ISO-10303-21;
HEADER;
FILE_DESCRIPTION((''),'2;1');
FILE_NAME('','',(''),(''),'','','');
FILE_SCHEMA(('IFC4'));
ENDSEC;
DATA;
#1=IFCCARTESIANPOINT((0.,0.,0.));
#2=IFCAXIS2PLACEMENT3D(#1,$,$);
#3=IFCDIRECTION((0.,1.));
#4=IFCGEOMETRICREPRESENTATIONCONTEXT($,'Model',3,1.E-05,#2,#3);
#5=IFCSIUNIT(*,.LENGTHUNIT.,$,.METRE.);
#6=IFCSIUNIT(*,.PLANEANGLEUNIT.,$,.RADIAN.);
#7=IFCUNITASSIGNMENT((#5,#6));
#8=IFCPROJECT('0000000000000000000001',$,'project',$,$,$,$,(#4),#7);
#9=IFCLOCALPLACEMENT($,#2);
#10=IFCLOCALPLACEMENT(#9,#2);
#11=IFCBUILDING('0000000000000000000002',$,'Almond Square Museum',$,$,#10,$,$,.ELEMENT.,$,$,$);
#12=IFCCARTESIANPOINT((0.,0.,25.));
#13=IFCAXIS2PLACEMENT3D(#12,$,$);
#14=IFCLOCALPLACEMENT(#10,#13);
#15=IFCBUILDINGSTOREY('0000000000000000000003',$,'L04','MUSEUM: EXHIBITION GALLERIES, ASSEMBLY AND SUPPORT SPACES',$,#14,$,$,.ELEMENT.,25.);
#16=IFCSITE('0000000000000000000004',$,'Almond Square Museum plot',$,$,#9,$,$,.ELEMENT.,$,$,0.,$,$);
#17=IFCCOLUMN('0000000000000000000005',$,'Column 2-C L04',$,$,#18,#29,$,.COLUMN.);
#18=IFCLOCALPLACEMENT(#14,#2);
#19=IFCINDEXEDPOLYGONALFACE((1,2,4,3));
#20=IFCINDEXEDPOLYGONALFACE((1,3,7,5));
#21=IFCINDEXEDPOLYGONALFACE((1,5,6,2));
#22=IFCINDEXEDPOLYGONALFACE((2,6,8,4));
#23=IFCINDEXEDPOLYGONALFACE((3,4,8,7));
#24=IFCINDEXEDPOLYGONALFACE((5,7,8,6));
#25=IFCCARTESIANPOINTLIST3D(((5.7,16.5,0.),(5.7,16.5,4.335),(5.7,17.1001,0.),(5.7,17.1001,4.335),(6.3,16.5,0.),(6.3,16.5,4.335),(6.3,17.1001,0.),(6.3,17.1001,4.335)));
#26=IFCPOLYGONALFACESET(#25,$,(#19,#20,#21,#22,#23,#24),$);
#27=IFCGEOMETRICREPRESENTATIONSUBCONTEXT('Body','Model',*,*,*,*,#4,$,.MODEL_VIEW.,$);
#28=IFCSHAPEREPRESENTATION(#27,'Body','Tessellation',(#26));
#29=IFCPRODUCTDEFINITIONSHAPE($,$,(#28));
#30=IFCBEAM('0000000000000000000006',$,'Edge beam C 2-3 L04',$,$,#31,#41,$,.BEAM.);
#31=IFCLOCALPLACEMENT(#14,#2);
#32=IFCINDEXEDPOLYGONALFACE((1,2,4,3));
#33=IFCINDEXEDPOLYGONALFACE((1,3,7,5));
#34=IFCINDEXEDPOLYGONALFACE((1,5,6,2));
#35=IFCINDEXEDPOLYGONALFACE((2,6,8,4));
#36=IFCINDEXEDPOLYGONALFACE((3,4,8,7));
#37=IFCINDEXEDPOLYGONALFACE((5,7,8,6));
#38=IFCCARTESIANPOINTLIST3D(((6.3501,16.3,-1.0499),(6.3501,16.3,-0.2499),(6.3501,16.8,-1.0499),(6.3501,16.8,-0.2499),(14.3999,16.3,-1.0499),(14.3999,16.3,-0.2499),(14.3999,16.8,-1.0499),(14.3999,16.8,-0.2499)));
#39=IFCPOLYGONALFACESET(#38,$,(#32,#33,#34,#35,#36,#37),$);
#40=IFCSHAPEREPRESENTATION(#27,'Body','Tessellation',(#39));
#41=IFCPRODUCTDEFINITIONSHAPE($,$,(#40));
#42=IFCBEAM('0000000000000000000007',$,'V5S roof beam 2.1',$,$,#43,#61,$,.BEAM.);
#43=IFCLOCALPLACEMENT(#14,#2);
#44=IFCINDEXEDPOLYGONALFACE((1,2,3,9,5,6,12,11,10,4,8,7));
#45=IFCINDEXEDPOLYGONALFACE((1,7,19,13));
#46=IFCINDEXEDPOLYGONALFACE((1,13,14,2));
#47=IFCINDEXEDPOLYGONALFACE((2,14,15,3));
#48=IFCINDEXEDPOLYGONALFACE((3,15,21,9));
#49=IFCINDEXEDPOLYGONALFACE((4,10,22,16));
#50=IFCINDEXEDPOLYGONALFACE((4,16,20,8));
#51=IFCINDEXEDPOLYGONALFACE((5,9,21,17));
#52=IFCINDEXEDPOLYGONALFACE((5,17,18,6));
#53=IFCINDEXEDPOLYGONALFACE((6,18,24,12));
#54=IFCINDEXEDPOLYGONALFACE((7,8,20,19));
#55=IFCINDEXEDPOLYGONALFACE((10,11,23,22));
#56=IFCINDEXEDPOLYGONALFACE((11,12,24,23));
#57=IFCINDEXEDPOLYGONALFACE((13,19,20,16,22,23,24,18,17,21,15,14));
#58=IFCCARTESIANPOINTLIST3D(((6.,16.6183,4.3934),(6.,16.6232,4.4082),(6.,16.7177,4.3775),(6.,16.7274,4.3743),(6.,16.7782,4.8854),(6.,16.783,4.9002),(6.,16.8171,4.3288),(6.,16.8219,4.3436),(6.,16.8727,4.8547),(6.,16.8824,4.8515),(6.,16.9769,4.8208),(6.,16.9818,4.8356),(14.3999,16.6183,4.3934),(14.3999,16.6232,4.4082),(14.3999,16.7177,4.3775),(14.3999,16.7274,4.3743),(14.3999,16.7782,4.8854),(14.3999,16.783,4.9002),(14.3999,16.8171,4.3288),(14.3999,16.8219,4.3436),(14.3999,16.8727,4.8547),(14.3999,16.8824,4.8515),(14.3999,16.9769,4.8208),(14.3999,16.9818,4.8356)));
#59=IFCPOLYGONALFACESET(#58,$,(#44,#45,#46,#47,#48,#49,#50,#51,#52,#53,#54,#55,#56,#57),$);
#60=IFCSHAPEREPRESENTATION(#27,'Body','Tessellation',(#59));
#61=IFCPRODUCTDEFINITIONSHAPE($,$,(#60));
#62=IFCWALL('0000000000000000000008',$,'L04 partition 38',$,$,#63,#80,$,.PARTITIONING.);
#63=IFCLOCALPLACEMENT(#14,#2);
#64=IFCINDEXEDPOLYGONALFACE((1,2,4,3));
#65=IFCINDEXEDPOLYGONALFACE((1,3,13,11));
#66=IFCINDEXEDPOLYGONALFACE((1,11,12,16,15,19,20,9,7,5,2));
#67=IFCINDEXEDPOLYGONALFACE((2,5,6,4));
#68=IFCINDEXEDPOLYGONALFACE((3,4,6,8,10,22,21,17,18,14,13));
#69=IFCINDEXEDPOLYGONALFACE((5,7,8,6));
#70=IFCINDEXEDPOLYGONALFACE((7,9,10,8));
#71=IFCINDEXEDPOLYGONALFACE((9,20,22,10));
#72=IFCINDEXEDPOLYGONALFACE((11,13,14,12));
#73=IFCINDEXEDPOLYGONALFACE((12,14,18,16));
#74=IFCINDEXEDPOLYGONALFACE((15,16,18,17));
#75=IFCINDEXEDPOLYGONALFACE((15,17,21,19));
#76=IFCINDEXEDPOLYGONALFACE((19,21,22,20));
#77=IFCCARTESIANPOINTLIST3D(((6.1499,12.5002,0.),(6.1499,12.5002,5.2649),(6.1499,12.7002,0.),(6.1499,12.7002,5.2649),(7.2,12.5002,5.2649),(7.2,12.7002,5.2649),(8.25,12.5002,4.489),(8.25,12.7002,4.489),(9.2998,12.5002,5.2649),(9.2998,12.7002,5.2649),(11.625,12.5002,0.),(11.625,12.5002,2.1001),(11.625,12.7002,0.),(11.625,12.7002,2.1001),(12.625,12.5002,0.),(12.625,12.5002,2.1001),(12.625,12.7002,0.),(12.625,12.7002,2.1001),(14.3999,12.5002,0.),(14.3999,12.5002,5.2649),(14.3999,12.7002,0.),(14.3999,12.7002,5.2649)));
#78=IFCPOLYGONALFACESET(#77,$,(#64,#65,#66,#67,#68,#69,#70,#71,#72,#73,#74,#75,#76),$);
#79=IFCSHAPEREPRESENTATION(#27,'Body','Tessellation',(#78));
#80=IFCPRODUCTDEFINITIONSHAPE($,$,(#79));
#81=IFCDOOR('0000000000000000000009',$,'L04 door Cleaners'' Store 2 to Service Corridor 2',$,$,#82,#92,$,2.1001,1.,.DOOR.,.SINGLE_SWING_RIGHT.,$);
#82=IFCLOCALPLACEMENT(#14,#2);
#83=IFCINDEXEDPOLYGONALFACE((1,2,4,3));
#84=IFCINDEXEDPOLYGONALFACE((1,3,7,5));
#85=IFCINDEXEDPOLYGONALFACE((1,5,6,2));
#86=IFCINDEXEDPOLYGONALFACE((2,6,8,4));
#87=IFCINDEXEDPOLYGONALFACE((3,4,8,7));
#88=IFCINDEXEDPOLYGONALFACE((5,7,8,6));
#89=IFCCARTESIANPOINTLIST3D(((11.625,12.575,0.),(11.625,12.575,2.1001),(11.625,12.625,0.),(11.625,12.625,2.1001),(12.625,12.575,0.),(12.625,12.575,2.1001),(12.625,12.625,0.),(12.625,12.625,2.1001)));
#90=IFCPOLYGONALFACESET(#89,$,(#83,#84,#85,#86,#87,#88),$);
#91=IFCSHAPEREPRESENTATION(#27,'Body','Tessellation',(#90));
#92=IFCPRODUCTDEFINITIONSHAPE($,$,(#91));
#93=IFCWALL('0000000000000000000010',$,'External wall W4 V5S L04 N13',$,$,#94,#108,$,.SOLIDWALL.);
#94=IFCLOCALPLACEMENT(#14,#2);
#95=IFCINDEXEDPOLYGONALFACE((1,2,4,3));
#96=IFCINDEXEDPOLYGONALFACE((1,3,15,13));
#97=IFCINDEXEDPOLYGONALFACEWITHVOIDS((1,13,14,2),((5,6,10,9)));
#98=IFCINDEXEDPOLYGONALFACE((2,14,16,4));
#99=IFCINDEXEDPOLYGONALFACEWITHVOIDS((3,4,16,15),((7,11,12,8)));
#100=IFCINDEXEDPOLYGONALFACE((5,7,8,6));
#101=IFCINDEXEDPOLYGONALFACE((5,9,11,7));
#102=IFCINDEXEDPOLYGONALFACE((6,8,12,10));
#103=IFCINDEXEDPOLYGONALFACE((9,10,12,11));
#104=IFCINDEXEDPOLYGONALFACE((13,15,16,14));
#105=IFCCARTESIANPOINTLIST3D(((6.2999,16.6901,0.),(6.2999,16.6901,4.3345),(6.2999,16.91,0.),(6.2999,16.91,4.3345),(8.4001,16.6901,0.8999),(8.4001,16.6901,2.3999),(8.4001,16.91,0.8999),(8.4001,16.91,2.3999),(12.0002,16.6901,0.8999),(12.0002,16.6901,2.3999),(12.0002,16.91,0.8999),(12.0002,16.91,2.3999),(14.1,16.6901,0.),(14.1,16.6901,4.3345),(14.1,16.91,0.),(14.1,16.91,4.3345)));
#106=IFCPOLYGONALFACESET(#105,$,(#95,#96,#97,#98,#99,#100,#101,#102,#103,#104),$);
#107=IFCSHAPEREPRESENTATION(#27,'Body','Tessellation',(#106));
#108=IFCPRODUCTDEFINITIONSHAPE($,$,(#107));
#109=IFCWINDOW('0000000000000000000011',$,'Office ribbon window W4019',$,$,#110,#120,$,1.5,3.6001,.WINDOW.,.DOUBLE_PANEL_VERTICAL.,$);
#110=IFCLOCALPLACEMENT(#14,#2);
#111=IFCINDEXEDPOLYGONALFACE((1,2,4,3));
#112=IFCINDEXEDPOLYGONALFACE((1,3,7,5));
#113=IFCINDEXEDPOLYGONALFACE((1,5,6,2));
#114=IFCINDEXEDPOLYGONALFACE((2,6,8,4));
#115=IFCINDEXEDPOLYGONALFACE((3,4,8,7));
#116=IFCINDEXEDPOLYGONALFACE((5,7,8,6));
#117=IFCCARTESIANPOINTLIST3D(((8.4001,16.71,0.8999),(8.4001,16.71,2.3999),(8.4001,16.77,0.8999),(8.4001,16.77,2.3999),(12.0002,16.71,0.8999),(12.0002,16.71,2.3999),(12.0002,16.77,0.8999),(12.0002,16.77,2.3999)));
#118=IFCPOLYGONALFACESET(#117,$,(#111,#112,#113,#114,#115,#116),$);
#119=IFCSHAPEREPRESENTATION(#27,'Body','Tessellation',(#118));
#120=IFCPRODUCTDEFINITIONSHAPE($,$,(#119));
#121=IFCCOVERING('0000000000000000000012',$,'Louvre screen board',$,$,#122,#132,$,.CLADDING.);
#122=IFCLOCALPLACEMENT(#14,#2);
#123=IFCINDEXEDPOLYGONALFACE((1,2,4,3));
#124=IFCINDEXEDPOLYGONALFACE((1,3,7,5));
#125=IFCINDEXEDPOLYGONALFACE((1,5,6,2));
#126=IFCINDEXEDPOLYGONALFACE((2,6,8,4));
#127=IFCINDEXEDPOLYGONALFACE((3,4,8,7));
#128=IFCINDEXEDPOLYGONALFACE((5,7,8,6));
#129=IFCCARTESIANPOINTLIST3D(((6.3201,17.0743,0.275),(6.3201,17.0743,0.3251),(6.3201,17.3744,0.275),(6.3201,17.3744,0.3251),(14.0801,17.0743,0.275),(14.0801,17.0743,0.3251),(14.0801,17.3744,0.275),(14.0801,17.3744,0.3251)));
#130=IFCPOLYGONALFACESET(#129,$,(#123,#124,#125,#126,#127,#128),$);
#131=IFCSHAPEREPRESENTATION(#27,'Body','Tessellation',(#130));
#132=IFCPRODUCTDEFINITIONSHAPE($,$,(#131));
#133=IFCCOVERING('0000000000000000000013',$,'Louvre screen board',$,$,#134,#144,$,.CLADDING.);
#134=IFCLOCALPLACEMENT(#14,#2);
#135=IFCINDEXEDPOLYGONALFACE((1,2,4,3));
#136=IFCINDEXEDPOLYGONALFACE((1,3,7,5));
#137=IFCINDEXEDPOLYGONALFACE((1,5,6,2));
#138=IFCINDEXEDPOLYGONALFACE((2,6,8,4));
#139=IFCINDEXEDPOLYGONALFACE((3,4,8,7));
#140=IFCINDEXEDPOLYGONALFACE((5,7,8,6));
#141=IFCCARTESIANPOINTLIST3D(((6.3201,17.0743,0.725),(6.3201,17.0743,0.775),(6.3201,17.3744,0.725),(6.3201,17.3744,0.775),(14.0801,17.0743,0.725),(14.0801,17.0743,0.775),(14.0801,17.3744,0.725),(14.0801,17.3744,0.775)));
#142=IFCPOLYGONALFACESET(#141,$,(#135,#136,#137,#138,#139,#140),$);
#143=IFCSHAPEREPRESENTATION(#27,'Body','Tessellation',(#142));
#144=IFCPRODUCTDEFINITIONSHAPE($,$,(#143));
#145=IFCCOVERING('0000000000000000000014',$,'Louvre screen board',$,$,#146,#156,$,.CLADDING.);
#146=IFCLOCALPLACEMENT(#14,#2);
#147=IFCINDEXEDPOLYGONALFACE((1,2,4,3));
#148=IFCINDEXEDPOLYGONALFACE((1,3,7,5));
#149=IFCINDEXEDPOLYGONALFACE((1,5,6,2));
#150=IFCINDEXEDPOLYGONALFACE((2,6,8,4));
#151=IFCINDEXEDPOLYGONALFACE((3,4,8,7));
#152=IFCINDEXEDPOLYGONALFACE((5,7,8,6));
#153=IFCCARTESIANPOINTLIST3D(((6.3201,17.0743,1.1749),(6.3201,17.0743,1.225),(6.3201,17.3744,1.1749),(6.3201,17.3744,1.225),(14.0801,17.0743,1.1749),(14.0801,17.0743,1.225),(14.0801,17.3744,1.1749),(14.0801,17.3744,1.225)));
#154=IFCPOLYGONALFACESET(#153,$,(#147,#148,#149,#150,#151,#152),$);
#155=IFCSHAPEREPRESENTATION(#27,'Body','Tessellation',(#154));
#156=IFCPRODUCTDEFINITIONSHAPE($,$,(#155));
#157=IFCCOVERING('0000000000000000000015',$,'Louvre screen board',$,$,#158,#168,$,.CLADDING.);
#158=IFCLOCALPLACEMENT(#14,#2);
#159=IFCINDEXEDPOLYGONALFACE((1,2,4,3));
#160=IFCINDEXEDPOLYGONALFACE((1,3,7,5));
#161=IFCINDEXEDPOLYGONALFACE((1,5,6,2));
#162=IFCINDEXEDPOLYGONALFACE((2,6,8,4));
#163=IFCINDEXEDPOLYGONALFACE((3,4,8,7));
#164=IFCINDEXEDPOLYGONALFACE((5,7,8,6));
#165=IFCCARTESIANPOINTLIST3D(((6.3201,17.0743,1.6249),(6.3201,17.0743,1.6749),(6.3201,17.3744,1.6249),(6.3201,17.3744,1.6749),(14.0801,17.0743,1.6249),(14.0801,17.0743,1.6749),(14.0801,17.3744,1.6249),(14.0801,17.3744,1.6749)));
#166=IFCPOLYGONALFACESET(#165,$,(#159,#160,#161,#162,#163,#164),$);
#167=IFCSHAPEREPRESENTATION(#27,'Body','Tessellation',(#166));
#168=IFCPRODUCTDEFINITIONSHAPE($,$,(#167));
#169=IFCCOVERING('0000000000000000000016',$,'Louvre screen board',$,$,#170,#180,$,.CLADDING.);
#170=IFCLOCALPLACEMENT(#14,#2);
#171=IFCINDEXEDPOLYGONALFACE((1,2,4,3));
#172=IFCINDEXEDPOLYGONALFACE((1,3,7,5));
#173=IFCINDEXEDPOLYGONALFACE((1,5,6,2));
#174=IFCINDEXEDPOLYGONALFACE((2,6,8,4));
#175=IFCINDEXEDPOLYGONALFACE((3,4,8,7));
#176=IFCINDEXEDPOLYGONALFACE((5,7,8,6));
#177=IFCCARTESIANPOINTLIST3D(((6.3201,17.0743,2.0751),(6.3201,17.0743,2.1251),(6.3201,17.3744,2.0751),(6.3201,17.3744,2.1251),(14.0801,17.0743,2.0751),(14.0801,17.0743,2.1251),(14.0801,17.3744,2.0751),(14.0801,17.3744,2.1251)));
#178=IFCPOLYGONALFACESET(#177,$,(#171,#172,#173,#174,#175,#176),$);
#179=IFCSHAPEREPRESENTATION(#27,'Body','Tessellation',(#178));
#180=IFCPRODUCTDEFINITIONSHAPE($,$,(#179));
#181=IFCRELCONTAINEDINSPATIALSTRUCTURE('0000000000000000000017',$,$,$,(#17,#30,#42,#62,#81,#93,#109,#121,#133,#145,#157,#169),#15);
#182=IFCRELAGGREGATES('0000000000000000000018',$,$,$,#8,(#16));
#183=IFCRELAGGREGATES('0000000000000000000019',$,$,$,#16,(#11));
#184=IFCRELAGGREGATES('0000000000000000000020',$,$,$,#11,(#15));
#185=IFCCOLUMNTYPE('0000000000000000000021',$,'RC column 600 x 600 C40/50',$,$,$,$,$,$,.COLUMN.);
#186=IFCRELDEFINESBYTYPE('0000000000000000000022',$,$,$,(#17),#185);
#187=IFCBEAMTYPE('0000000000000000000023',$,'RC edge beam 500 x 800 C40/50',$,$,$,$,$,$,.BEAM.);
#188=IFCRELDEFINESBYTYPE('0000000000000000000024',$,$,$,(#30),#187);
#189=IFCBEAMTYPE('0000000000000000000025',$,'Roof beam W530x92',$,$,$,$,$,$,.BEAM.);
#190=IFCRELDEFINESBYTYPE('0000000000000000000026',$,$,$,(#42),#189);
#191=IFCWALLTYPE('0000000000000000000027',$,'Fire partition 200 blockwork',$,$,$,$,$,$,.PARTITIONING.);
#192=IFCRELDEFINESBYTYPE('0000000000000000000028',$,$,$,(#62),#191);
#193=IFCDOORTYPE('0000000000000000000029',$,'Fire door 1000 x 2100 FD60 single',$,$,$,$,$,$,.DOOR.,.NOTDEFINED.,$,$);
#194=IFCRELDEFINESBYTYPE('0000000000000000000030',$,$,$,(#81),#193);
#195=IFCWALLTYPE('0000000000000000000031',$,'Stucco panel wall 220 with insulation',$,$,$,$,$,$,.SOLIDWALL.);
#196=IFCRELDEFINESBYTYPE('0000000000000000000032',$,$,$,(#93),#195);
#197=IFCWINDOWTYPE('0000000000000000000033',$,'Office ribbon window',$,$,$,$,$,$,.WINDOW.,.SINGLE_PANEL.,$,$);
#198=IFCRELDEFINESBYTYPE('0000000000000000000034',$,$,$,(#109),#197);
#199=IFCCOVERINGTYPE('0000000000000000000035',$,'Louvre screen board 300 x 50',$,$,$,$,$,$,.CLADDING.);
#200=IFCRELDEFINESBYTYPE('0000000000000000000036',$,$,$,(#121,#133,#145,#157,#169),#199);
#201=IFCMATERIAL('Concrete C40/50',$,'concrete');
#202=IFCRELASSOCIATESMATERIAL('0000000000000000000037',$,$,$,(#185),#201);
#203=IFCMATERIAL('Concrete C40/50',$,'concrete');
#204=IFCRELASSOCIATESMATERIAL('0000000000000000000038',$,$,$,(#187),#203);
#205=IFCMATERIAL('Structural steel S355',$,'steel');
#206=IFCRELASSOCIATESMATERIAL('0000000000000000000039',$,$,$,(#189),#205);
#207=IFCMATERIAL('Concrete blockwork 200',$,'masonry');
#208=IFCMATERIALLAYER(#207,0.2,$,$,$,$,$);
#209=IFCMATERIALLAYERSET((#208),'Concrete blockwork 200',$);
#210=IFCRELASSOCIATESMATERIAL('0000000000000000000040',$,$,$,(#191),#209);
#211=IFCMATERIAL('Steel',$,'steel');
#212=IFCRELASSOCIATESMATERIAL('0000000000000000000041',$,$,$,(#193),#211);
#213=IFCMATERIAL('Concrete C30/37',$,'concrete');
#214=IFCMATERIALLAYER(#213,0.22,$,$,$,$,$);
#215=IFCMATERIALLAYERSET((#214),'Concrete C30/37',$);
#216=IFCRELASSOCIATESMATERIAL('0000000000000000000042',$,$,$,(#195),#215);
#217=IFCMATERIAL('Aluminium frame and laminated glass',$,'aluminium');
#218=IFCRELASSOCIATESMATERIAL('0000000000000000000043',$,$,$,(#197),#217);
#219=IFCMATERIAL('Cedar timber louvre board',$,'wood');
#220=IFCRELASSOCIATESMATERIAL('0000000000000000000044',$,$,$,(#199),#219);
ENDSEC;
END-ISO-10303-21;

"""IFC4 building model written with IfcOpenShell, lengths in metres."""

from ifc_helpers import new_model, si_unit, direction, frame, frame_2d, origin, origin_2d, place, context, subcontext, project, spatial, polyline, rectangle, i_section, outline, extrude, material, layer, layer_set, material_profile, profile_set, type_object, element, fill, save


model = new_model("IFC4")

# Units and contexts
model_context = context("Model", 3, precision=1e-05, world=origin(), true_north=direction((0.0, 1.0)))
body_context = subcontext(model_context, "Body", "Model", "MODEL_VIEW")
ifc_project = project(units=[si_unit("LENGTHUNIT", "METRE"), si_unit("PLANEANGLEUNIT", "RADIAN")], contexts=[model_context])

# Site, building, storey
site_placement = place(None, origin())
site = spatial("IfcSite", under=ifc_project, at=site_placement, Name="Almond Square Museum plot", CompositionType="ELEMENT", RefElevation=0.0)
building_placement = place(site_placement, origin())
building = spatial("IfcBuilding", under=site, at=building_placement, Name="Almond Square Museum", CompositionType="ELEMENT")
storey_placement = place(building_placement, frame((0.0, 0.0, 25.0)))
storey = spatial("IfcBuildingStorey", under=building, at=storey_placement, Name="L04", Description="MUSEUM: EXHIBITION GALLERIES, ASSEMBLY AND SUPPORT SPACES", CompositionType="ELEMENT", Elevation=25.0)

# Column
ifc_material_1 = material(Name="Concrete C40/50", Category="concrete")
ifc_material_profile_1 = material_profile(ifc_material_1, rectangle(XDim=0.6001, YDim=0.6001, at=origin_2d()))
ifc_profile_set_1 = profile_set([ifc_material_profile_1], Name="Concrete C40/50")
column_type = type_object("IfcColumnType", Name="RC column 600 x 600 C40/50", PredefinedType="COLUMN", material=ifc_profile_set_1)
column_placement = place(storey_placement, frame((6.0, 16.8, 0.0), z_axis=(0.0, 0.0, 1.0), x_axis=(1.0, 0.0, 0.0)))
element("IfcColumn", 1, at=column_placement, inside=storey, type_object=column_type, Name="Column 2-C L04", PredefinedType="COLUMN", context=body_context, shape_type="SweptSolid", body=[
    extrude(rectangle(XDim=0.6001, YDim=0.6001, at=origin_2d()), origin(), (0.0, 0.0, 1.0), 4.335),
])

# Beams
ifc_material_2 = material(Name="Concrete C40/50", Category="concrete")
ifc_material_profile_2 = material_profile(ifc_material_2, rectangle(XDim=0.5, YDim=0.8, at=origin_2d()))
ifc_profile_set_2 = profile_set([ifc_material_profile_2], Name="Concrete C40/50")
beam_type_1 = type_object("IfcBeamType", Name="RC edge beam 500 x 800 C40/50", PredefinedType="BEAM", material=ifc_profile_set_2)
beam_1_placement = place(storey_placement, frame((6.3501, 16.55, -0.6499), z_axis=(1.0, 0.0, 0.0), x_axis=(0.0, 1.0, 0.0)))
element("IfcBeam", 2, at=beam_1_placement, inside=storey, type_object=beam_type_1, Name="Edge beam C 2-3 L04", PredefinedType="BEAM", context=body_context, shape_type="SweptSolid", body=[
    extrude(rectangle(XDim=0.5, YDim=0.8, at=origin_2d()), origin(), (0.0, 0.0, 1.0), 8.0498),
])
ifc_material_3 = material(Name="Structural steel S355", Category="steel")
ifc_material_profile_3 = material_profile(ifc_material_3, i_section(OverallWidth=0.209, OverallDepth=0.533, WebThickness=0.0103, FlangeThickness=0.0156, at=origin_2d()))
ifc_profile_set_3 = profile_set([ifc_material_profile_3], Name="Structural steel S355")
beam_type_2 = type_object("IfcBeamType", Name="Roof beam W530x92", PredefinedType="BEAM", material=ifc_profile_set_3)
beam_2_placement = place(storey_placement, frame((6.0, 16.8, 4.6145), z_axis=(1.0, 0.0, 0.0), x_axis=(0.0, 0.951057, -0.309017)))
element("IfcBeam", 3, at=beam_2_placement, inside=storey, type_object=beam_type_2, Name="V5S roof beam 2.1", PredefinedType="BEAM", context=body_context, shape_type="SweptSolid", body=[
    extrude(i_section(OverallWidth=0.209, OverallDepth=0.533, WebThickness=0.0103, FlangeThickness=0.0156, at=origin_2d()), origin(), (0.0, 0.0, 1.0), 8.3999),
])

# Wall, opening, door
ifc_material_4 = material(Name="Concrete blockwork 200", Category="masonry")
ifc_layer_1 = layer(ifc_material_4, 0.2)
ifc_layer_set_1 = layer_set([ifc_layer_1], Name="Concrete blockwork 200")
wall_type_1 = type_object("IfcWallType", Name="Fire partition 200 blockwork", PredefinedType="PARTITIONING", material=ifc_layer_set_1)
wall_1_placement = place(storey_placement, frame((6.1499, 12.6001, 0.0), z_axis=(0.0, 0.0, 1.0), x_axis=(1.0, 0.0, 0.0)))
wall_1 = element("IfcWall", 4, at=wall_1_placement, inside=storey, type_object=wall_type_1, Name="L04 partition 38", PredefinedType="PARTITIONING", context=body_context, shape_type="SweptSolid", body=[
    extrude(outline(polyline([(0.0, 0.0), (8.25, 0.0), (8.25, 5.2649), (3.1499, 5.2649), (2.1001, 4.489), (1.05, 5.2649), (0.0, 5.2649), (0.0, 0.0)])), frame((0.0, 0.1001, 0.0), z_axis=(0.0, -1.0, 0.0), x_axis=(1.0, 0.0, 0.0)), (0.0, 0.0, 1.0), 0.2),
])
opening_1_placement = place(wall_1_placement, frame((5.4751, 0.0, 0.0)))
opening_1 = element("IfcOpeningElement", 5, at=opening_1_placement, cuts=wall_1, PredefinedType="OPENING", context=body_context, shape_type="SweptSolid", body=[
    extrude(rectangle(XDim=1.0, YDim=2.1001, at=frame_2d((0.5, 1.05))), frame((0.0, 0.1099, 0.0), z_axis=(0.0, -1.0, 0.0), x_axis=(1.0, 0.0, 0.0)), (0.0, 0.0, 1.0), 0.22),
])
ifc_material_5 = material(Name="Steel", Category="steel")
door_type = type_object("IfcDoorType", Name="Fire door 1000 x 2100 FD60 single", OperationType="NOTDEFINED", PredefinedType="DOOR", material=ifc_material_5)
door_placement = place(opening_1_placement, origin())
door = element("IfcDoor", 6, at=door_placement, inside=storey, type_object=door_type, Name="L04 door Cleaners' Store 2 to Service Corridor 2", OperationType="SINGLE_SWING_RIGHT", OverallHeight=2.1001, OverallWidth=1.0, PredefinedType="DOOR", context=body_context, shape_type="SweptSolid", body=[
    extrude(rectangle(XDim=1.0, YDim=2.1001, at=frame_2d((0.5, 1.05))), frame((0.0, 0.0249, 0.0), z_axis=(0.0, -1.0, 0.0), x_axis=(1.0, 0.0, 0.0)), (0.0, 0.0, 1.0), 0.05),
])
fill(opening_1, door)

# Wall, opening, window
ifc_material_6 = material(Name="Concrete C30/37", Category="concrete")
ifc_layer_2 = layer(ifc_material_6, 0.22)
ifc_layer_set_2 = layer_set([ifc_layer_2], Name="Concrete C30/37")
wall_type_2 = type_object("IfcWallType", Name="Stucco panel wall 220 with insulation", PredefinedType="SOLIDWALL", material=ifc_layer_set_2)
wall_2_placement = place(storey_placement, frame((6.3, 16.8, 0.0), z_axis=(0.0, 0.0, 1.0), x_axis=(1.0, 0.0, 0.0)))
wall_2 = element("IfcWall", 7, at=wall_2_placement, inside=storey, type_object=wall_type_2, Name="External wall W4 V5S L04 N13", PredefinedType="SOLIDWALL", context=body_context, shape_type="SweptSolid", body=[
    extrude(rectangle(XDim=7.8, YDim=0.22, at=frame_2d((3.8999, 0.0))), origin(), (0.0, 0.0, 1.0), 4.3345),
])
opening_2_placement = place(wall_2_placement, frame((2.1001, 0.0, 0.8999)))
opening_2 = element("IfcOpeningElement", 8, at=opening_2_placement, cuts=wall_2, PredefinedType="OPENING", context=body_context, shape_type="SweptSolid", body=[
    extrude(rectangle(XDim=3.6001, YDim=1.5, at=frame_2d((1.8, 0.75))), frame((0.0, 0.1199, 0.0), z_axis=(0.0, -1.0, 0.0), x_axis=(1.0, 0.0, 0.0)), (0.0, 0.0, 1.0), 0.24),
])
ifc_material_7 = material(Name="Aluminium frame and laminated glass", Category="aluminium")
window_type = type_object("IfcWindowType", Name="Office ribbon window", PartitioningType="SINGLE_PANEL", PredefinedType="WINDOW", material=ifc_material_7)
window_placement = place(opening_2_placement, origin())
window = element("IfcWindow", 9, at=window_placement, inside=storey, type_object=window_type, Name="Office ribbon window W4019", OverallHeight=1.5, OverallWidth=3.6001, PartitioningType="DOUBLE_PANEL_VERTICAL", PredefinedType="WINDOW", context=body_context, shape_type="SweptSolid", body=[
    extrude(rectangle(XDim=3.6001, YDim=1.5, at=frame_2d((1.8, 0.75))), frame((0.0, -0.03, 0.0), z_axis=(0.0, -1.0, 0.0), x_axis=(1.0, 0.0, 0.0)), (0.0, 0.0, 1.0), 0.0601),
])
fill(opening_2, window)

# Coverings
ifc_material_8 = material(Name="Cedar timber louvre board", Category="wood")
ifc_material_profile_4 = material_profile(ifc_material_8, rectangle(XDim=0.3, YDim=0.05, at=origin_2d()))
ifc_profile_set_4 = profile_set([ifc_material_profile_4], Name="Cedar timber louvre board")
covering_type = type_object("IfcCoveringType", Name="Louvre screen board 300 x 50", PredefinedType="CLADDING", material=ifc_profile_set_4)
for number, where, z_axis, x_axis, name in (
    (10, (6.3201, 17.2244, 0.3), (1.0, 0.0, 0.0), (0.0, 1.0, 0.0), "Louvre screen board"),
    (11, (6.3201, 17.2244, 0.75), (1.0, 0.0, 0.0), (0.0, 1.0, 0.0), "Louvre screen board"),
    (12, (6.3201, 17.2244, 1.2), (1.0, 0.0, 0.0), (0.0, 1.0, 0.0), "Louvre screen board"),
    (13, (6.3201, 17.2244, 1.6499), (1.0, 0.0, 0.0), (0.0, 1.0, 0.0), "Louvre screen board"),
    (14, (6.3201, 17.2244, 2.1001), (1.0, 0.0, 0.0), (0.0, 1.0, 0.0), "Louvre screen board"),
):
    element("IfcCovering", number, at=place(storey_placement, frame(where, z_axis=z_axis, x_axis=x_axis)), inside=storey, type_object=covering_type, Name=name, PredefinedType="CLADDING", context=body_context, shape_type="SweptSolid", body=[
        extrude(rectangle(XDim=0.3, YDim=0.05, at=origin_2d()), origin(), (0.0, 0.0, 1.0), 7.76),
    ])

save(model, "model.ifc")
